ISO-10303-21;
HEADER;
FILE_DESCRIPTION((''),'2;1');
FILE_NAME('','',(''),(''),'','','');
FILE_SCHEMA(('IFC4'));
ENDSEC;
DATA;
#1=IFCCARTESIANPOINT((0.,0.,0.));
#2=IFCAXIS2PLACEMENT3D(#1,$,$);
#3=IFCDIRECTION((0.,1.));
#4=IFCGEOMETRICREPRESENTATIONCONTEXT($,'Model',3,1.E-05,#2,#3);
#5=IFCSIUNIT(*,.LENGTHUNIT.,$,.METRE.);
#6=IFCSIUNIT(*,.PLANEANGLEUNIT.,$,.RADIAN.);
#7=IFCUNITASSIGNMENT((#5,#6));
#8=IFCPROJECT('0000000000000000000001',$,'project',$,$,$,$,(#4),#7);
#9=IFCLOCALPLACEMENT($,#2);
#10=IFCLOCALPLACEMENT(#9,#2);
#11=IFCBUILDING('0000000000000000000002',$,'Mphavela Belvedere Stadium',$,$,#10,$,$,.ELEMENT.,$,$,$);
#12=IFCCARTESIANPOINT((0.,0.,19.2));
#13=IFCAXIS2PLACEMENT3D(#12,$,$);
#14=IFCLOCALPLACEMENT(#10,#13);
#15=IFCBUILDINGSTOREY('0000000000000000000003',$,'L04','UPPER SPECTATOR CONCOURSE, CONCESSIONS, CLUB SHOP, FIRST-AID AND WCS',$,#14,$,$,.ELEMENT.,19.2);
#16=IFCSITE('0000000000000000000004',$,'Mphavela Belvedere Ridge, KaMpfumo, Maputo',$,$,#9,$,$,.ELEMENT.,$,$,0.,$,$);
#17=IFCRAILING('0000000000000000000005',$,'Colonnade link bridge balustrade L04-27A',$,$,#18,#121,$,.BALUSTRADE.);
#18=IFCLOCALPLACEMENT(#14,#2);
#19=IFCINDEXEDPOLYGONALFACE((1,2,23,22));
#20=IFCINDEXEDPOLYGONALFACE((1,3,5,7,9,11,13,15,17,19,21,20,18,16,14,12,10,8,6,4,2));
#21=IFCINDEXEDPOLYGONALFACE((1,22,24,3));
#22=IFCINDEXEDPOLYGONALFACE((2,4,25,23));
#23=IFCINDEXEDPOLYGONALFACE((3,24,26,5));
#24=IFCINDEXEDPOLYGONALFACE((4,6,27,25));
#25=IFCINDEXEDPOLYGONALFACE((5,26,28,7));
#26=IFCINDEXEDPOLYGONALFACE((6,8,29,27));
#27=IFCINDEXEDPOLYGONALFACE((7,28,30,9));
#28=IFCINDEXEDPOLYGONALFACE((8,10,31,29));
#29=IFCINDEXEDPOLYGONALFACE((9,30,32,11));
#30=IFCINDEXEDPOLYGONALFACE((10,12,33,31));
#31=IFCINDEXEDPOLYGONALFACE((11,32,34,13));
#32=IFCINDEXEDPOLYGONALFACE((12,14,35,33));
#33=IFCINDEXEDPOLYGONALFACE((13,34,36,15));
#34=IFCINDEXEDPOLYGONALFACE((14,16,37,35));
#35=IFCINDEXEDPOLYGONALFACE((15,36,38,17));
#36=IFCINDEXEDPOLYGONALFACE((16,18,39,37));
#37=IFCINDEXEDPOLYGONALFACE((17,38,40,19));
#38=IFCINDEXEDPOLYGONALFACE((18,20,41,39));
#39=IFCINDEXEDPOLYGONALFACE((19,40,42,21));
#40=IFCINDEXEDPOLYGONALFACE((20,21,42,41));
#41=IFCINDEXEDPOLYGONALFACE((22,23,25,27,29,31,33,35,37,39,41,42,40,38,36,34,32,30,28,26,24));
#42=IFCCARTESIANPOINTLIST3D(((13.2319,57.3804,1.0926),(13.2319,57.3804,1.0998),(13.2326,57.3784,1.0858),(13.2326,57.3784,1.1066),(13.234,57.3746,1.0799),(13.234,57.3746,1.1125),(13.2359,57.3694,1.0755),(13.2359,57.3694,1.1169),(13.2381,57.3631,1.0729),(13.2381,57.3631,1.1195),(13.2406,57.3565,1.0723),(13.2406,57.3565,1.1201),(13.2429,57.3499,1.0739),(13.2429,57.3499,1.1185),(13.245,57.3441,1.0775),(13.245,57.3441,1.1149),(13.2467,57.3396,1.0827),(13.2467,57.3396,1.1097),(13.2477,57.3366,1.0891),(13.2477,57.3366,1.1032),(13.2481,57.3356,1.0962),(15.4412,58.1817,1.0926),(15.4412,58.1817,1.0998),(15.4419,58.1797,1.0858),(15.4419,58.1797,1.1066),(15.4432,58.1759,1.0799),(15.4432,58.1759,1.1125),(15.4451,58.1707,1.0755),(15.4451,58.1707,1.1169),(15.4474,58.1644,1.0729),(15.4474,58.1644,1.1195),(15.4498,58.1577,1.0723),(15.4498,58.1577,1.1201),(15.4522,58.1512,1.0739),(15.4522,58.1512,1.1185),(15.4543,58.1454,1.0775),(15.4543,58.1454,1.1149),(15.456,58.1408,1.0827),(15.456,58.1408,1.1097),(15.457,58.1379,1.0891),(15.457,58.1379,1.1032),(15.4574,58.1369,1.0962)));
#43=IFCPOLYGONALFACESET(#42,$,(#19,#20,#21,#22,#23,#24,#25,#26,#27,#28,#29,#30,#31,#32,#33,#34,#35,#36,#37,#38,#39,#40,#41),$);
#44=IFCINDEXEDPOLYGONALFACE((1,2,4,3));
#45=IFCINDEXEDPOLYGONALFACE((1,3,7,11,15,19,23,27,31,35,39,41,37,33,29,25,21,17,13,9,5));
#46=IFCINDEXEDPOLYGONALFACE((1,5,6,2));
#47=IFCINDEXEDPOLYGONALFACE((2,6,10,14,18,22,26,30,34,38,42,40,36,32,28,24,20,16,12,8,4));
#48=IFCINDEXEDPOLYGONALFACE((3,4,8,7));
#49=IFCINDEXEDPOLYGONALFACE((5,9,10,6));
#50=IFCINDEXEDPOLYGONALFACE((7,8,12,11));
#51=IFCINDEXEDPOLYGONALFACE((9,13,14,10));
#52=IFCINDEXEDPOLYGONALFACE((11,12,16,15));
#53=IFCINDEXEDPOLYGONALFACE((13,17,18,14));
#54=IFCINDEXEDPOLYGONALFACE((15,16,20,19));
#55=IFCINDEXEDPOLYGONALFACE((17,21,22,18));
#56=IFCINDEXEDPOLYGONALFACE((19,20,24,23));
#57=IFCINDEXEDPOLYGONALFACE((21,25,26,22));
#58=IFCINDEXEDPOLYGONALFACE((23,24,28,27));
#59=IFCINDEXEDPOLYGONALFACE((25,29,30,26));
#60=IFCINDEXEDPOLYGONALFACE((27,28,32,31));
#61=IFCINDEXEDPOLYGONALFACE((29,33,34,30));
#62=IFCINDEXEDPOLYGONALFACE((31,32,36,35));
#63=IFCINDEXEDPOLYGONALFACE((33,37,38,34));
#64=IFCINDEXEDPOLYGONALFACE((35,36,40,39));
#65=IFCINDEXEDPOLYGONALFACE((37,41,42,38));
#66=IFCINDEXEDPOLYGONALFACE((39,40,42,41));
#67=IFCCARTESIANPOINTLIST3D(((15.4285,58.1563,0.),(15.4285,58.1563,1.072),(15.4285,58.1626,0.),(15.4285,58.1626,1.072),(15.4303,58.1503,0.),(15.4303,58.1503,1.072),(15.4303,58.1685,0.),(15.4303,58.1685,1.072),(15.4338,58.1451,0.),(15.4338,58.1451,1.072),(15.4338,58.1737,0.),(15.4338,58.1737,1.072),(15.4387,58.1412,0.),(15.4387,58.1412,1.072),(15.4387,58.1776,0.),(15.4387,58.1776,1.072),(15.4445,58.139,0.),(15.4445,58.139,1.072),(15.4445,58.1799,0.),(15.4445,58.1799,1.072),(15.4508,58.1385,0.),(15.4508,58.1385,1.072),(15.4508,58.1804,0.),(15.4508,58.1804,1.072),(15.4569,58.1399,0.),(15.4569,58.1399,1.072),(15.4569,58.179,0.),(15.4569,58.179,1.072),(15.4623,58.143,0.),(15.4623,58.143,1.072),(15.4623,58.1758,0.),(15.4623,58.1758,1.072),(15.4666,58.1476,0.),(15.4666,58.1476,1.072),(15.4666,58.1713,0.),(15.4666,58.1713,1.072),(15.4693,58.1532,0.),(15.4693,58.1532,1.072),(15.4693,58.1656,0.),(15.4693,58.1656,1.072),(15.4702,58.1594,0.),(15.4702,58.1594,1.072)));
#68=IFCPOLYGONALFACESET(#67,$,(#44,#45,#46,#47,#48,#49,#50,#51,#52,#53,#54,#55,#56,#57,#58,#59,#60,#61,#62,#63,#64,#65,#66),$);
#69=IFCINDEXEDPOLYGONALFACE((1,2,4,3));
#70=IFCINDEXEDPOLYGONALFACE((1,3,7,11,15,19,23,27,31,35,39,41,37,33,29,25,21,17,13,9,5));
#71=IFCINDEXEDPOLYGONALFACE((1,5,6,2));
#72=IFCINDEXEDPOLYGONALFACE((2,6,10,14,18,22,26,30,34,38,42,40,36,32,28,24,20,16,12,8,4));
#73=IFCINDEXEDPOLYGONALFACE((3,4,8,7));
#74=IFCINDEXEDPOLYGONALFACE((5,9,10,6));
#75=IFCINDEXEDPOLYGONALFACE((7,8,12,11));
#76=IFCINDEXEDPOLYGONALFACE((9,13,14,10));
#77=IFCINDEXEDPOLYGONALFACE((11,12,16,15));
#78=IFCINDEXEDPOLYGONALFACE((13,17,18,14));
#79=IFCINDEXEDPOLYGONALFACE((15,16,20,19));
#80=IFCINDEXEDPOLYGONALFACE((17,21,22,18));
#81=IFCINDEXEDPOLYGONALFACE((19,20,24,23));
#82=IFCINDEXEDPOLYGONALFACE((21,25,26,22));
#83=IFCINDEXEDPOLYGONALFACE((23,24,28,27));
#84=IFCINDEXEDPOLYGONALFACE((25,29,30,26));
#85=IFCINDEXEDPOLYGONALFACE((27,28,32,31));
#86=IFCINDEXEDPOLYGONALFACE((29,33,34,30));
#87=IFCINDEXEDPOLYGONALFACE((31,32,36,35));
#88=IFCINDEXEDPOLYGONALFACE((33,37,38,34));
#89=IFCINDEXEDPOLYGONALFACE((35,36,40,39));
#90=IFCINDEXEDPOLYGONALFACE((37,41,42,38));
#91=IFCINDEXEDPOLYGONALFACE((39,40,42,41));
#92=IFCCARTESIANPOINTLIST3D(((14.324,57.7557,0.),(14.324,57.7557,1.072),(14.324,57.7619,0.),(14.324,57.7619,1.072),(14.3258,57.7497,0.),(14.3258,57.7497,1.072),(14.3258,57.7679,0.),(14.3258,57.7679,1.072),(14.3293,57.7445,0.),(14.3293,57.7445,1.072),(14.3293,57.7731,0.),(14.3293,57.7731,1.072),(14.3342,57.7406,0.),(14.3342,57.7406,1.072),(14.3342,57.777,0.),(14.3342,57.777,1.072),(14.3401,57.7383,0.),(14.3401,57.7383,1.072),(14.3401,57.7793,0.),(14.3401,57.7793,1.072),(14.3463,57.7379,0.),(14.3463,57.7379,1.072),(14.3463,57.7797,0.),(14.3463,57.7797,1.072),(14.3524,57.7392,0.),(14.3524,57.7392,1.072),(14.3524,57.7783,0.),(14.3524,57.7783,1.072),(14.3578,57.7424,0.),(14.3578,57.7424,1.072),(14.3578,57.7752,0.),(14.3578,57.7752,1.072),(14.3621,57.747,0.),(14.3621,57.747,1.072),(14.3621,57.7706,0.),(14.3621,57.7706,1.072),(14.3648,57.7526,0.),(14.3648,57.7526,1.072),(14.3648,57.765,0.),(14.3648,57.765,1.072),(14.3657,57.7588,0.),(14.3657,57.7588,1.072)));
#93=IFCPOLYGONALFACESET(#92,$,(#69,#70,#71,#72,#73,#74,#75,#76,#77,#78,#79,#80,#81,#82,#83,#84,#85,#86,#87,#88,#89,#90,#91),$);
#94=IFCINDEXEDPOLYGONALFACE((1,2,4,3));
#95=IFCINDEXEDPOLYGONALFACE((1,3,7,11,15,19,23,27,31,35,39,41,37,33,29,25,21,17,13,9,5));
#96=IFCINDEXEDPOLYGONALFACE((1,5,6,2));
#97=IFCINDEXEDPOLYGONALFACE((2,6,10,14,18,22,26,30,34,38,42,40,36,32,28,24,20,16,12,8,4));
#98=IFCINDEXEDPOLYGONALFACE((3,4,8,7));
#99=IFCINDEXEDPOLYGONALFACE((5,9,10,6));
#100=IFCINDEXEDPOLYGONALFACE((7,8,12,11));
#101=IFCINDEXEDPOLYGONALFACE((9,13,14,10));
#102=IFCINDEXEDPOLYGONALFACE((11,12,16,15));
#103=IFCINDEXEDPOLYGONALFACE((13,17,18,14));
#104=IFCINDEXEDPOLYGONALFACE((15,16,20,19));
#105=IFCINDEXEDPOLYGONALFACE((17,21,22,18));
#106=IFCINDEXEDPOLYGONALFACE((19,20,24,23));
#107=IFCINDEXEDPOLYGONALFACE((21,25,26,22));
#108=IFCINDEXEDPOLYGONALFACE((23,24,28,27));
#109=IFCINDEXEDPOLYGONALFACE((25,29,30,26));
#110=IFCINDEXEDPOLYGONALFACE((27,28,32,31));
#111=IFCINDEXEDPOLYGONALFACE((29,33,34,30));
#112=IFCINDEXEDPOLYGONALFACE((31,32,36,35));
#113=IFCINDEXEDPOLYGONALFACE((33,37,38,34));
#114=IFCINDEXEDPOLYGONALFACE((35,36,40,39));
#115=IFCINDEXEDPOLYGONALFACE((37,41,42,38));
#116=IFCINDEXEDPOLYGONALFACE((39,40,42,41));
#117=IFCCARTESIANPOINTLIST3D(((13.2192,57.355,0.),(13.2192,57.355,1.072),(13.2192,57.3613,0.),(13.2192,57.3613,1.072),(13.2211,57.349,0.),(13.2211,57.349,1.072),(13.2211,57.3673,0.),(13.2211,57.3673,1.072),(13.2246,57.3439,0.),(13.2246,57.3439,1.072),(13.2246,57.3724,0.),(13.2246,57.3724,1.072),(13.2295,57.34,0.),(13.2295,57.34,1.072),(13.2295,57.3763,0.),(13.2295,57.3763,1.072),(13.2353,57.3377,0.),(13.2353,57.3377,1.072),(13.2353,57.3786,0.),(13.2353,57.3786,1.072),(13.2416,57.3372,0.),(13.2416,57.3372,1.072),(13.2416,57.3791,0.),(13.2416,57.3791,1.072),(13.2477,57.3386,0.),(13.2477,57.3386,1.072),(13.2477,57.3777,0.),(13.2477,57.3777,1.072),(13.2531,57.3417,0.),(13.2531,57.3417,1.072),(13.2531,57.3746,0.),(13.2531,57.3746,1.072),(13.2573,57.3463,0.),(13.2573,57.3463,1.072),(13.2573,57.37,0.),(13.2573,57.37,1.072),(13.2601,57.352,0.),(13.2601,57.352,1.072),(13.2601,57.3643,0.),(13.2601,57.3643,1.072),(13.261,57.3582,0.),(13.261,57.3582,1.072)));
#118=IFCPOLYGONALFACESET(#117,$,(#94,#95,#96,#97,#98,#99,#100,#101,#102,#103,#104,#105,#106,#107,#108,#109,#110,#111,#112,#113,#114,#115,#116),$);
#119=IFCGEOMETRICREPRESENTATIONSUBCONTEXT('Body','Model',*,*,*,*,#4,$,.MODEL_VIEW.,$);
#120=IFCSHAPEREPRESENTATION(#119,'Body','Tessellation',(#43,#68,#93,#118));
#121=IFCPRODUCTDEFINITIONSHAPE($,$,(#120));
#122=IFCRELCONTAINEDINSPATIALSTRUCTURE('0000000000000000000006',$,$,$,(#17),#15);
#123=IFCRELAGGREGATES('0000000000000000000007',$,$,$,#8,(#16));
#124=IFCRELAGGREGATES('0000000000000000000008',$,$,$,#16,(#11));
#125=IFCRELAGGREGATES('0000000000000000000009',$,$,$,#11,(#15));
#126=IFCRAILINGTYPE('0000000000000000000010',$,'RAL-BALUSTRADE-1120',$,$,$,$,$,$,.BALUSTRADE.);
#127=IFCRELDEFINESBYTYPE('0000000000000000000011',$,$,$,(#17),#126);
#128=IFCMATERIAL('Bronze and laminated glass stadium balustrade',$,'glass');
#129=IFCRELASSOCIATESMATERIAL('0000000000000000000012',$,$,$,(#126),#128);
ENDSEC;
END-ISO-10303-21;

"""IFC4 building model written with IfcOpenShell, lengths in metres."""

from ifc_helpers import new_model, si_unit, direction, frame, origin, origin_2d, place, context, subcontext, project, spatial, circle, extrude, material, type_object, element, save


model = new_model("IFC4")

# Units and contexts
model_context = context("Model", 3, precision=1e-05, world=origin(), true_north=direction((0.0, 1.0)))
body_context = subcontext(model_context, "Body", "Model", "MODEL_VIEW")
ifc_project = project(units=[si_unit("LENGTHUNIT", "METRE"), si_unit("PLANEANGLEUNIT", "RADIAN")], contexts=[model_context])

# Site, building, storey
site_placement = place(None, origin())
site = spatial("IfcSite", under=ifc_project, at=site_placement, Name="Mphavela Belvedere Ridge, KaMpfumo, Maputo", CompositionType="ELEMENT", RefElevation=0.0)
building_placement = place(site_placement, origin())
building = spatial("IfcBuilding", under=site, at=building_placement, Name="Mphavela Belvedere Stadium", CompositionType="ELEMENT")
storey_placement = place(building_placement, frame((0.0, 0.0, 19.2)))
storey = spatial("IfcBuildingStorey", under=building, at=storey_placement, Name="L04", Description="UPPER SPECTATOR CONCOURSE, CONCESSIONS, CLUB SHOP, FIRST-AID AND WCS", CompositionType="ELEMENT", Elevation=19.2)

# Railing
ifc_material_1 = material(Name="Bronze and laminated glass stadium balustrade", Category="glass")
railing_type = type_object("IfcRailingType", Name="RAL-BALUSTRADE-1120", PredefinedType="BALUSTRADE", material=ifc_material_1)
railing_1_placement = place(storey_placement, frame((15.4492, 58.1594, 0.0)))
element("IfcRailing", 1, at=railing_1_placement, inside=storey, type_object=railing_type, Name="Colonnade link bridge balustrade L04-27A", PredefinedType="BALUSTRADE", context=body_context, shape_type="SweptSolid", body=[
    extrude(circle(Radius=0.0239, at=origin_2d()), frame((0.0, 0.0, 1.0962), z_axis=(-0.940078, -0.340959, 0.0), x_axis=(0.340959, -0.940078, 0.0)), (0.0, 0.0, 1.0), 2.3501),
    extrude(circle(Radius=0.021, at=origin_2d()), origin(), (0.0, 0.0, 1.0), 1.072),
    extrude(circle(Radius=0.021, at=origin_2d()), frame((-1.1045, -0.4006, 0.0)), (0.0, 0.0, 1.0), 1.072),
    extrude(circle(Radius=0.021, at=origin_2d()), frame((-2.2092, -0.8013, 0.0)), (0.0, 0.0, 1.0), 1.072),
])

save(model, "model.ifc")
